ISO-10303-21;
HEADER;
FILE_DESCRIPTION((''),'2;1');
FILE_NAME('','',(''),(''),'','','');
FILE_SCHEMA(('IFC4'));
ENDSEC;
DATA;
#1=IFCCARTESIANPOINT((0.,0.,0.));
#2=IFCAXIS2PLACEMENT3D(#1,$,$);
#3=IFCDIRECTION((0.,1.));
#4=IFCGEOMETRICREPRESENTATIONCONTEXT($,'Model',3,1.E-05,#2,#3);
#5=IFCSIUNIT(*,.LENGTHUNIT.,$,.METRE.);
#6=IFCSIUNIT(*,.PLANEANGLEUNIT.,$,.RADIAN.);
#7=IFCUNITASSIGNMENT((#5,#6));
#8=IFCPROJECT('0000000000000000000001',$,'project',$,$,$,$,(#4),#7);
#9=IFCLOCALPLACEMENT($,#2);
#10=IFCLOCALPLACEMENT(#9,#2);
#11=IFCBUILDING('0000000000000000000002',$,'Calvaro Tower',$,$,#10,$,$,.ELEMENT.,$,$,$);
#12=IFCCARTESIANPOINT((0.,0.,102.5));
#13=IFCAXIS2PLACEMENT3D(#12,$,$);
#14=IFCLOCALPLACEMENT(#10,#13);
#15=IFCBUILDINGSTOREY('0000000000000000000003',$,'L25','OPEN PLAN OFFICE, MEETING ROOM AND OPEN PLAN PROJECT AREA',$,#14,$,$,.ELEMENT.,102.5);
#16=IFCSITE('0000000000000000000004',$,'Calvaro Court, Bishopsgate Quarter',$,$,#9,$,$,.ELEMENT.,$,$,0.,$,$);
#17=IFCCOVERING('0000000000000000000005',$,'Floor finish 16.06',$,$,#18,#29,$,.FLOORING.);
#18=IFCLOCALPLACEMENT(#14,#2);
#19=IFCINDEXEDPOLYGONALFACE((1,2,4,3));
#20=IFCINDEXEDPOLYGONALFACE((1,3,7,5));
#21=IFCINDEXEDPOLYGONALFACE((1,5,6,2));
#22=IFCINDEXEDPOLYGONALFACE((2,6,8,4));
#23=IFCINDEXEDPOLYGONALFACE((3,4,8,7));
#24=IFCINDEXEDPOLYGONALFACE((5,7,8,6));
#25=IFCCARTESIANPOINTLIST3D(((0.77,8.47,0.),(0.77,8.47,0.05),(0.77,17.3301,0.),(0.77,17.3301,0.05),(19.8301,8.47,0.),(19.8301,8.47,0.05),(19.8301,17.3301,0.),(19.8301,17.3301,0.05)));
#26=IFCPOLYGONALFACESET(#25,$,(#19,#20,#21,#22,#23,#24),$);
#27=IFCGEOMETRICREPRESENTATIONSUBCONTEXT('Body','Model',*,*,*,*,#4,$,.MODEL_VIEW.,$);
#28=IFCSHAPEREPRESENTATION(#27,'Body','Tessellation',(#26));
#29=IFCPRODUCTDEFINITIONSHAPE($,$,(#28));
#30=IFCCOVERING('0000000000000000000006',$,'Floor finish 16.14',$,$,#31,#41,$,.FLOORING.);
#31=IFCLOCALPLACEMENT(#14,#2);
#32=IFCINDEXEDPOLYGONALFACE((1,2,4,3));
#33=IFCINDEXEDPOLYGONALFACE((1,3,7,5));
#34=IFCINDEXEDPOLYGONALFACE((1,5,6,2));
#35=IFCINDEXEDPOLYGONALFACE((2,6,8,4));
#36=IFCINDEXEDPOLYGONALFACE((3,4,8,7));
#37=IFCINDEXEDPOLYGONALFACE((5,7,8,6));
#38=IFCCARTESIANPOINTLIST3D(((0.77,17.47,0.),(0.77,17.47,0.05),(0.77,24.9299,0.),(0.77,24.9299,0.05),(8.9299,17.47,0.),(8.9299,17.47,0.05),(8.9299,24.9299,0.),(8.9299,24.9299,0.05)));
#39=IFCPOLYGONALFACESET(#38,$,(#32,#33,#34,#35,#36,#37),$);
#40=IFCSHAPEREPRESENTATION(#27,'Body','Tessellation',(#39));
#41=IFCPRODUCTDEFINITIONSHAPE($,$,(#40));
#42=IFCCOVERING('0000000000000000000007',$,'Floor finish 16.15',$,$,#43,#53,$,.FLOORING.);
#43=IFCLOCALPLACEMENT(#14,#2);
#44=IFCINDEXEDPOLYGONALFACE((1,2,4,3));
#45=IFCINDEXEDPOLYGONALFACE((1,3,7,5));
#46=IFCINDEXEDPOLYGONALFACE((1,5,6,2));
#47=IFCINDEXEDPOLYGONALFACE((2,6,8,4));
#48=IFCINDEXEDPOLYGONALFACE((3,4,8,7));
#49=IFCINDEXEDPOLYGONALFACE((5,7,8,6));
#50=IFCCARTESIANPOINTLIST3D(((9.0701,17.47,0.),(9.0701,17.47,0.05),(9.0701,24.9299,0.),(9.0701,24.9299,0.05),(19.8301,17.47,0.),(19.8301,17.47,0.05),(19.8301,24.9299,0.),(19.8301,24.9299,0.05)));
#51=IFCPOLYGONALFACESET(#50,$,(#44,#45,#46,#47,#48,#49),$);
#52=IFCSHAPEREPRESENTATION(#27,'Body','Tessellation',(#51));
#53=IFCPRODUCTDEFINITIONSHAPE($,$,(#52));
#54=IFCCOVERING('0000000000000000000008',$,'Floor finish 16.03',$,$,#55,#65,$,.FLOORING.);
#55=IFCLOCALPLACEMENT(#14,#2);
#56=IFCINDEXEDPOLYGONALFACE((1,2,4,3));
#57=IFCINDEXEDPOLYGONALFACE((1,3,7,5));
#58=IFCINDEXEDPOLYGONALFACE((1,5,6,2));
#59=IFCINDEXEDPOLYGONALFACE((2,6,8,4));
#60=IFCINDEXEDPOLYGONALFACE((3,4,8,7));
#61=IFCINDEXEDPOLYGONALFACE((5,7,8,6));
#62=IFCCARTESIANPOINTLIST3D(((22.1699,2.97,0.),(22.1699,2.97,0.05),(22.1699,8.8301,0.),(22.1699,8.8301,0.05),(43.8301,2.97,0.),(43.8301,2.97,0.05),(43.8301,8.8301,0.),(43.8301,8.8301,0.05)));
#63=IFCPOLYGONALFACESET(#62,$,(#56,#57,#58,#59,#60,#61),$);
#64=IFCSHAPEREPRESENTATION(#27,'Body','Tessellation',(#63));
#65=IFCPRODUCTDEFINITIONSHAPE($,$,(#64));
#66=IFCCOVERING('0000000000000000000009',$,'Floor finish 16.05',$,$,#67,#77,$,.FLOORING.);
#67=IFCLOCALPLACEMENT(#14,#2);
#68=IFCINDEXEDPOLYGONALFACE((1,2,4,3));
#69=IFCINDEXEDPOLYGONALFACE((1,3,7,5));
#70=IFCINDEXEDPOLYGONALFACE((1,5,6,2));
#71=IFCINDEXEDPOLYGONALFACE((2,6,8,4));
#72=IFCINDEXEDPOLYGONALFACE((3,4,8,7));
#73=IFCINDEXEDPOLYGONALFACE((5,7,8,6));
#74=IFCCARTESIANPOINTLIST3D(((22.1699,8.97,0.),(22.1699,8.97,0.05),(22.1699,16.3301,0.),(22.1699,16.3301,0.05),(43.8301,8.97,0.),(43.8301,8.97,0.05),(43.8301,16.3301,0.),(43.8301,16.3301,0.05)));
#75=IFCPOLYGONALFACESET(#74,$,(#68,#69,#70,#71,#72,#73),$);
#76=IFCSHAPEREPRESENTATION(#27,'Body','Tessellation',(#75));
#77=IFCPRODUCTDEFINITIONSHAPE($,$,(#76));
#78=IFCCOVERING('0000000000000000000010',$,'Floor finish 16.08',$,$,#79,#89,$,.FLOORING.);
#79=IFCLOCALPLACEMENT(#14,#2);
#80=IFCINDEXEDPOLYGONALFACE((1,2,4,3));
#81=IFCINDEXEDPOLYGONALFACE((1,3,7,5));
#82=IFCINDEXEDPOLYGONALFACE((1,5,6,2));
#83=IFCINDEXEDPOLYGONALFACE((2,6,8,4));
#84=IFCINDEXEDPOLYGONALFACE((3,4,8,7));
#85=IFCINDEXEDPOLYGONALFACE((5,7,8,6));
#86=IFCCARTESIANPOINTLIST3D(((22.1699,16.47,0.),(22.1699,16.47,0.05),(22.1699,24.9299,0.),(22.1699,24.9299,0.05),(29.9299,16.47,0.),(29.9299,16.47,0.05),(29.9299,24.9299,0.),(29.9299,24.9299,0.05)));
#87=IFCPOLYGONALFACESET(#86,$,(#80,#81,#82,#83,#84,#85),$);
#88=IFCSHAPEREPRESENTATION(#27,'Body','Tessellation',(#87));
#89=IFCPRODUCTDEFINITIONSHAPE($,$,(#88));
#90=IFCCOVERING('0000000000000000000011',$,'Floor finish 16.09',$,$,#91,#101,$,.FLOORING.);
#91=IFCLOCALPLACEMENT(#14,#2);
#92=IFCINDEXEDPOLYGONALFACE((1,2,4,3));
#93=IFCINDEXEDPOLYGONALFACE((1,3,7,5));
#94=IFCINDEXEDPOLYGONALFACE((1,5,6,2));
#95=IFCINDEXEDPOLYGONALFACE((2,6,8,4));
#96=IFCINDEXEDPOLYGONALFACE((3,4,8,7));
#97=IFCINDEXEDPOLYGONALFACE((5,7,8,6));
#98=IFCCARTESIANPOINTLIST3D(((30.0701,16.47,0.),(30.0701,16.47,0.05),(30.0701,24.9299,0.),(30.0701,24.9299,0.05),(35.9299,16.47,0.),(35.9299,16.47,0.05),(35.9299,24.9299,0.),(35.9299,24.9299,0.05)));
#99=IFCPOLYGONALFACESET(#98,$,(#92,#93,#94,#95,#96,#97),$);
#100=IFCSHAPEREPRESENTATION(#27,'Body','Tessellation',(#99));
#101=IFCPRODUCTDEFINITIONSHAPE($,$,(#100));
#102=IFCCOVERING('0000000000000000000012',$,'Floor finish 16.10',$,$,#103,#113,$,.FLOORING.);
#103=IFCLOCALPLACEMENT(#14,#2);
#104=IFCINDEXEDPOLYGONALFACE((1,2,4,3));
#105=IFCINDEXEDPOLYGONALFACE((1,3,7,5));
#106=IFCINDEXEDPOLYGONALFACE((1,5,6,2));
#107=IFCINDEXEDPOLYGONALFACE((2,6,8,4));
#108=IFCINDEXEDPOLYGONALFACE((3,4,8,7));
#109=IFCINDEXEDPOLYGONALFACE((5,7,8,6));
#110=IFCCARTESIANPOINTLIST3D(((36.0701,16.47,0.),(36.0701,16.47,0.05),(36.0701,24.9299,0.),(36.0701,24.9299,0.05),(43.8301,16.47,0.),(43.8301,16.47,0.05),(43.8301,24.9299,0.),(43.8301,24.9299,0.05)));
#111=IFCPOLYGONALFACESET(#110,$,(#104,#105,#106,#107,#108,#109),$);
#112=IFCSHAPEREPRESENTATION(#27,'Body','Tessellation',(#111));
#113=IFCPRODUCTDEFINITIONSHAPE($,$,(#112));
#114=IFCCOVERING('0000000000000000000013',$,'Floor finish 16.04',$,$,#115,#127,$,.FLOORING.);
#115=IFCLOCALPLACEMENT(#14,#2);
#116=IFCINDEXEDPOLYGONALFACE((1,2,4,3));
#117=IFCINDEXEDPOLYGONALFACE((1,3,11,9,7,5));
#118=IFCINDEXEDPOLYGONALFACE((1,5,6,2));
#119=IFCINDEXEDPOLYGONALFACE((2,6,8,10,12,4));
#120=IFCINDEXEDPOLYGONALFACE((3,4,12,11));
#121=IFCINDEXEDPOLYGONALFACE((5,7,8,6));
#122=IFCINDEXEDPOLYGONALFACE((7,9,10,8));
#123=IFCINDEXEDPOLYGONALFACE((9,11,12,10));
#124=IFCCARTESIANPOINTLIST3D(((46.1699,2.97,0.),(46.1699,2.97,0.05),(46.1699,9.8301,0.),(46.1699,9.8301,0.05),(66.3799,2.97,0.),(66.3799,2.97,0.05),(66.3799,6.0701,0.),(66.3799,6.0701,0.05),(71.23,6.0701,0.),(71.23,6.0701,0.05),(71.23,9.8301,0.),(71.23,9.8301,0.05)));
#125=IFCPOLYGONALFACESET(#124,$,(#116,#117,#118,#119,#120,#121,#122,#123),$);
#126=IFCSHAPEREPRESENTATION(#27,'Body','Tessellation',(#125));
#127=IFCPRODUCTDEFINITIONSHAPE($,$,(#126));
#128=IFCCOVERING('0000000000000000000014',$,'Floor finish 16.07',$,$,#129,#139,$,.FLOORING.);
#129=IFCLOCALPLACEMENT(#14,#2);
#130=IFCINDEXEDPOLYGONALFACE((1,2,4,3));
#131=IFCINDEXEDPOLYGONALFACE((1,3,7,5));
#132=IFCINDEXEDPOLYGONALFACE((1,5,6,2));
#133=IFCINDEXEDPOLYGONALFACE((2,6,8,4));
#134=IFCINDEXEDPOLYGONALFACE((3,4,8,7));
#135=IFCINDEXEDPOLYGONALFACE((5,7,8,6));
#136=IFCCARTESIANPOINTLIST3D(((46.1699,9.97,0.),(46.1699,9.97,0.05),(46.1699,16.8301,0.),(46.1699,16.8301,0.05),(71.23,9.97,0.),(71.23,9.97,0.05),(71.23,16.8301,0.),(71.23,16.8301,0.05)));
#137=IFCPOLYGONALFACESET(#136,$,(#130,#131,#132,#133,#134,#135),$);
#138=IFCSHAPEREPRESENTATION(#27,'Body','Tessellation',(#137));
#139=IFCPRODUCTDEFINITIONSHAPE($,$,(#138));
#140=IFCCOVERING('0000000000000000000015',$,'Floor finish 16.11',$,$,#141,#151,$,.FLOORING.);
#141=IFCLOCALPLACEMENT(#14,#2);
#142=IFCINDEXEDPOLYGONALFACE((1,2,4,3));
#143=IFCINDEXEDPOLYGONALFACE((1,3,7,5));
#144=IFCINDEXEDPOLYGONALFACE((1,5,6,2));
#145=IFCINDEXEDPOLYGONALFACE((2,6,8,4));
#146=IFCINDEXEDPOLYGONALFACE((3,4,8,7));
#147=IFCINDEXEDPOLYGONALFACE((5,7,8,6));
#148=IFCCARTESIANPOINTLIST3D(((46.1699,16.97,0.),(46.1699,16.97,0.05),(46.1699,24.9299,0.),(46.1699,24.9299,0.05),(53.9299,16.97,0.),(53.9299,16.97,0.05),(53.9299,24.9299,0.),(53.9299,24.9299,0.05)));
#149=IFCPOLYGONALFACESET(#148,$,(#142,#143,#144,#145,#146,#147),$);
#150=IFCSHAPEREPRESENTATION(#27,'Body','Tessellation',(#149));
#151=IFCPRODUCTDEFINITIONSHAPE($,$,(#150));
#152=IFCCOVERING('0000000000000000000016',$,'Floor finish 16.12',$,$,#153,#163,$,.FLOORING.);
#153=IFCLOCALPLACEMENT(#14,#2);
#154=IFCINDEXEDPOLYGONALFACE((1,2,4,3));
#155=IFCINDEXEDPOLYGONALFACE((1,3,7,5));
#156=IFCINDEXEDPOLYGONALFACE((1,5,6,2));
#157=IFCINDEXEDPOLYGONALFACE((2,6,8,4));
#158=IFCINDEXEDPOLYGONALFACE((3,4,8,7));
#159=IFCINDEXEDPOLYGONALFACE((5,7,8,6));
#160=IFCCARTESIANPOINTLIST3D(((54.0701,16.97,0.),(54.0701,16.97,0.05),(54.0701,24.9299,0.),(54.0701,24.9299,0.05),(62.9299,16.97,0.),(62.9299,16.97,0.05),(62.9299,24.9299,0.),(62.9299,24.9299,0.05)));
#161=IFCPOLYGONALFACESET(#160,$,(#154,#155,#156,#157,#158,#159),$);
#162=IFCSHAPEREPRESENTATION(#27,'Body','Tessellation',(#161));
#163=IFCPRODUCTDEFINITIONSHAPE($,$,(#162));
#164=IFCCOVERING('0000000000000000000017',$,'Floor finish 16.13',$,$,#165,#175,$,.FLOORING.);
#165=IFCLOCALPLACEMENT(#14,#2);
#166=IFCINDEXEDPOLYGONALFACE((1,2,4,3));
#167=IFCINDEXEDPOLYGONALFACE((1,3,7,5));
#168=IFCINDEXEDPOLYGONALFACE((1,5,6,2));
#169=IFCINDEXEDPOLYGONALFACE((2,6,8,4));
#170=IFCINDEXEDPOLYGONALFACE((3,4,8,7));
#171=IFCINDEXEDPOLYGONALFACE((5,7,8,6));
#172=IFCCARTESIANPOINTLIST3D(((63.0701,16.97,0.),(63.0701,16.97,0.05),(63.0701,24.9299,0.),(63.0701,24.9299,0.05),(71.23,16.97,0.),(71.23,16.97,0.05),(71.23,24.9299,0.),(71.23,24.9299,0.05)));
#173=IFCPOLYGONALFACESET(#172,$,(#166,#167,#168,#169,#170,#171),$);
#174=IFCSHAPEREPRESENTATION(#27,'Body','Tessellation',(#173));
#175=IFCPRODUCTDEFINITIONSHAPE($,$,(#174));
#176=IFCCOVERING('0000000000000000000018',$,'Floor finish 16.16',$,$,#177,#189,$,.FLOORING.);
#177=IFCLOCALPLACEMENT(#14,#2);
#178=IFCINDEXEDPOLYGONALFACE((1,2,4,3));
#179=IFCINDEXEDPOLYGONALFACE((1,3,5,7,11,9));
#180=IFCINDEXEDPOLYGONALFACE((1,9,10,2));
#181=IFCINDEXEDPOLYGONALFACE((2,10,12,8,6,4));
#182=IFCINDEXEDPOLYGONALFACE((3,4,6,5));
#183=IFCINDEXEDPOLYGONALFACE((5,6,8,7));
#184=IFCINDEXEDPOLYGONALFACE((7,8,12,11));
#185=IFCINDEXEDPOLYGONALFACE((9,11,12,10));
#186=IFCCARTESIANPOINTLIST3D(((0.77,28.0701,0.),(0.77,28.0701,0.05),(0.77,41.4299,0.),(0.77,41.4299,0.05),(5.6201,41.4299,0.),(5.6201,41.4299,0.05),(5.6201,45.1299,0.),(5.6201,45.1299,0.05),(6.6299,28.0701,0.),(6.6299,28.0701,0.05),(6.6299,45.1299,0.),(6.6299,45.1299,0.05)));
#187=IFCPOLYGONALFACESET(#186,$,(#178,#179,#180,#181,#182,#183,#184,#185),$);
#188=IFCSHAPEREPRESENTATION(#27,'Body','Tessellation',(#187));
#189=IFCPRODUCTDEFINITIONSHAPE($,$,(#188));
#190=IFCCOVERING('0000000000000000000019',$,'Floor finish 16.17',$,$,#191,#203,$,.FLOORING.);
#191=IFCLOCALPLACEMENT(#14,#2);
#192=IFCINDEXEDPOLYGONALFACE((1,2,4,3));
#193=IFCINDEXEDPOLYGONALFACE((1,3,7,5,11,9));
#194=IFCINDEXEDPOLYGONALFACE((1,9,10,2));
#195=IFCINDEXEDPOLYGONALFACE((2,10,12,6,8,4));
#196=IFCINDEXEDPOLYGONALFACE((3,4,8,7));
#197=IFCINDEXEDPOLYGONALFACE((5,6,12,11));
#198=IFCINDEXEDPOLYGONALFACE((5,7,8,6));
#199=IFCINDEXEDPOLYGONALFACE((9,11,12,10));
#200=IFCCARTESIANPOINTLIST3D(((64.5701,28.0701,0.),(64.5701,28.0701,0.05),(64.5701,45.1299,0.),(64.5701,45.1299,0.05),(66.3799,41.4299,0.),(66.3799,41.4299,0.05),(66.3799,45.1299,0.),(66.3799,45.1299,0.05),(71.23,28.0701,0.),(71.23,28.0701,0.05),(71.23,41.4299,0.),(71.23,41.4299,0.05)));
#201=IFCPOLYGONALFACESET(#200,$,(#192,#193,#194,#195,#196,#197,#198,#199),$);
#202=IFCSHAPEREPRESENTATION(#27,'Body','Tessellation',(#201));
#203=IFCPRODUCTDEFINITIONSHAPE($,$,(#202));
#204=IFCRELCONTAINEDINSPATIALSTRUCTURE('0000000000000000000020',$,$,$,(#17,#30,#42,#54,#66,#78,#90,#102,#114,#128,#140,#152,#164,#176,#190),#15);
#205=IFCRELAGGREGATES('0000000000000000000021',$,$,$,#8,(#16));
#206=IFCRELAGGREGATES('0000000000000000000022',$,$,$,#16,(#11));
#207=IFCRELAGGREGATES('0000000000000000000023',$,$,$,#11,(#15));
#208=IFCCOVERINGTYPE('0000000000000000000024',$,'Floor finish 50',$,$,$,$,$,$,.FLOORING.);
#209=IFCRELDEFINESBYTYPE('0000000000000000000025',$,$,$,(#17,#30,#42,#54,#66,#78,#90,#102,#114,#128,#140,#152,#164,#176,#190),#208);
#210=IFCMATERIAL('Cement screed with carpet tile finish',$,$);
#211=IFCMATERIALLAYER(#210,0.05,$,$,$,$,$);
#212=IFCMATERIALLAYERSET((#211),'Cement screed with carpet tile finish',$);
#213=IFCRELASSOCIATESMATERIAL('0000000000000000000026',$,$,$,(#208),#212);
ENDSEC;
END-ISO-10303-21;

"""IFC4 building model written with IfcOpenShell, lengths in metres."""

from ifc_helpers import new_model, si_unit, direction, frame, origin, place, context, subcontext, project, spatial, polyline, outline, extrude, material, layer, layer_set, type_object, element, save


model = new_model("IFC4")

# Units and contexts
model_context = context("Model", 3, precision=1e-05, world=origin(), true_north=direction((0.0, 1.0)))
body_context = subcontext(model_context, "Body", "Model", "MODEL_VIEW")
ifc_project = project(units=[si_unit("LENGTHUNIT", "METRE"), si_unit("PLANEANGLEUNIT", "RADIAN")], contexts=[model_context])

# Site, building, storey
site_placement = place(None, origin())
site = spatial("IfcSite", under=ifc_project, at=site_placement, Name="Calvaro Court, Bishopsgate Quarter", CompositionType="ELEMENT", RefElevation=0.0)
building_placement = place(site_placement, origin())
building = spatial("IfcBuilding", under=site, at=building_placement, Name="Calvaro Tower", CompositionType="ELEMENT")
storey_placement = place(building_placement, frame((0.0, 0.0, 102.5)))
storey = spatial("IfcBuildingStorey", under=building, at=storey_placement, Name="L25", Description="OPEN PLAN OFFICE, MEETING ROOM AND OPEN PLAN PROJECT AREA", CompositionType="ELEMENT", Elevation=102.5)

# Coverings
ifc_material_1 = material(Name="Cement screed with carpet tile finish")
ifc_layer_1 = layer(ifc_material_1, 0.05)
ifc_layer_set_1 = layer_set([ifc_layer_1], Name="Cement screed with carpet tile finish")
covering_type = type_object("IfcCoveringType", Name="Floor finish 50", PredefinedType="FLOORING", material=ifc_layer_set_1)
covering_1_placement = place(storey_placement, origin())
element("IfcCovering", 1, at=covering_1_placement, inside=storey, type_object=covering_type, Name="Floor finish 16.06", PredefinedType="FLOORING", context=body_context, shape_type="SweptSolid", body=[
    extrude(outline(polyline([(19.8301, 17.3301), (19.8301, 8.47), (0.77, 8.47), (0.77, 17.3301), (19.8301, 17.3301)])), origin(), (0.0, 0.0, 1.0), 0.05),
])
covering_2_placement = place(storey_placement, origin())
element("IfcCovering", 2, at=covering_2_placement, inside=storey, type_object=covering_type, Name="Floor finish 16.14", PredefinedType="FLOORING", context=body_context, shape_type="SweptSolid", body=[
    extrude(outline(polyline([(8.9299, 24.9299), (8.9299, 17.47), (0.77, 17.47), (0.77, 24.9299), (8.9299, 24.9299)])), origin(), (0.0, 0.0, 1.0), 0.05),
])
covering_3_placement = place(storey_placement, origin())
element("IfcCovering", 3, at=covering_3_placement, inside=storey, type_object=covering_type, Name="Floor finish 16.15", PredefinedType="FLOORING", context=body_context, shape_type="SweptSolid", body=[
    extrude(outline(polyline([(9.0701, 17.47), (9.0701, 24.9299), (19.8301, 24.9299), (19.8301, 17.47), (9.0701, 17.47)])), origin(), (0.0, 0.0, 1.0), 0.05),
])
covering_4_placement = place(storey_placement, origin())
element("IfcCovering", 4, at=covering_4_placement, inside=storey, type_object=covering_type, Name="Floor finish 16.03", PredefinedType="FLOORING", context=body_context, shape_type="SweptSolid", body=[
    extrude(outline(polyline([(22.1699, 8.8301), (43.8301, 8.8301), (43.8301, 2.97), (22.1699, 2.97), (22.1699, 8.8301)])), origin(), (0.0, 0.0, 1.0), 0.05),
])
covering_5_placement = place(storey_placement, origin())
element("IfcCovering", 5, at=covering_5_placement, inside=storey, type_object=covering_type, Name="Floor finish 16.05", PredefinedType="FLOORING", context=body_context, shape_type="SweptSolid", body=[
    extrude(outline(polyline([(22.1699, 8.97), (22.1699, 16.3301), (43.8301, 16.3301), (43.8301, 8.97), (22.1699, 8.97)])), origin(), (0.0, 0.0, 1.0), 0.05),
])
covering_6_placement = place(storey_placement, origin())
element("IfcCovering", 6, at=covering_6_placement, inside=storey, type_object=covering_type, Name="Floor finish 16.08", PredefinedType="FLOORING", context=body_context, shape_type="SweptSolid", body=[
    extrude(outline(polyline([(22.1699, 16.47), (22.1699, 24.9299), (29.9299, 24.9299), (29.9299, 16.47), (22.1699, 16.47)])), origin(), (0.0, 0.0, 1.0), 0.05),
])
covering_7_placement = place(storey_placement, origin())
element("IfcCovering", 7, at=covering_7_placement, inside=storey, type_object=covering_type, Name="Floor finish 16.09", PredefinedType="FLOORING", context=body_context, shape_type="SweptSolid", body=[
    extrude(outline(polyline([(30.0701, 16.47), (30.0701, 24.9299), (35.9299, 24.9299), (35.9299, 16.47), (30.0701, 16.47)])), origin(), (0.0, 0.0, 1.0), 0.05),
])
covering_8_placement = place(storey_placement, origin())
element("IfcCovering", 8, at=covering_8_placement, inside=storey, type_object=covering_type, Name="Floor finish 16.10", PredefinedType="FLOORING", context=body_context, shape_type="SweptSolid", body=[
    extrude(outline(polyline([(36.0701, 16.47), (36.0701, 24.9299), (43.8301, 24.9299), (43.8301, 16.47), (36.0701, 16.47)])), origin(), (0.0, 0.0, 1.0), 0.05),
])
covering_9_placement = place(storey_placement, origin())
element("IfcCovering", 9, at=covering_9_placement, inside=storey, type_object=covering_type, Name="Floor finish 16.04", PredefinedType="FLOORING", context=body_context, shape_type="SweptSolid", body=[
    extrude(outline(polyline([(71.23, 6.0701), (66.3799, 6.0701), (66.3799, 2.97), (46.1699, 2.97), (46.1699, 9.8301), (71.23, 9.8301), (71.23, 6.0701)])), origin(), (0.0, 0.0, 1.0), 0.05),
])
covering_10_placement = place(storey_placement, origin())
element("IfcCovering", 10, at=covering_10_placement, inside=storey, type_object=covering_type, Name="Floor finish 16.07", PredefinedType="FLOORING", context=body_context, shape_type="SweptSolid", body=[
    extrude(outline(polyline([(71.23, 9.97), (46.1699, 9.97), (46.1699, 16.8301), (71.23, 16.8301), (71.23, 9.97)])), origin(), (0.0, 0.0, 1.0), 0.05),
])
covering_11_placement = place(storey_placement, origin())
element("IfcCovering", 11, at=covering_11_placement, inside=storey, type_object=covering_type, Name="Floor finish 16.11", PredefinedType="FLOORING", context=body_context, shape_type="SweptSolid", body=[
    extrude(outline(polyline([(46.1699, 16.97), (46.1699, 24.9299), (53.9299, 24.9299), (53.9299, 16.97), (46.1699, 16.97)])), origin(), (0.0, 0.0, 1.0), 0.05),
])
covering_12_placement = place(storey_placement, origin())
element("IfcCovering", 12, at=covering_12_placement, inside=storey, type_object=covering_type, Name="Floor finish 16.12", PredefinedType="FLOORING", context=body_context, shape_type="SweptSolid", body=[
    extrude(outline(polyline([(54.0701, 16.97), (54.0701, 24.9299), (62.9299, 24.9299), (62.9299, 16.97), (54.0701, 16.97)])), origin(), (0.0, 0.0, 1.0), 0.05),
])
covering_13_placement = place(storey_placement, origin())
element("IfcCovering", 13, at=covering_13_placement, inside=storey, type_object=covering_type, Name="Floor finish 16.13", PredefinedType="FLOORING", context=body_context, shape_type="SweptSolid", body=[
    extrude(outline(polyline([(71.23, 16.97), (63.0701, 16.97), (63.0701, 24.9299), (71.23, 24.9299), (71.23, 16.97)])), origin(), (0.0, 0.0, 1.0), 0.05),
])
covering_14_placement = place(storey_placement, origin())
element("IfcCovering", 14, at=covering_14_placement, inside=storey, type_object=covering_type, Name="Floor finish 16.16", PredefinedType="FLOORING", context=body_context, shape_type="SweptSolid", body=[
    extrude(outline(polyline([(6.6299, 28.0701), (0.77, 28.0701), (0.77, 41.4299), (5.6201, 41.4299), (5.6201, 45.1299), (6.6299, 45.1299), (6.6299, 28.0701)])), origin(), (0.0, 0.0, 1.0), 0.05),
])
covering_15_placement = place(storey_placement, origin())
element("IfcCovering", 15, at=covering_15_placement, inside=storey, type_object=covering_type, Name="Floor finish 16.17", PredefinedType="FLOORING", context=body_context, shape_type="SweptSolid", body=[
    extrude(outline(polyline([(71.23, 28.0701), (64.5701, 28.0701), (64.5701, 45.1299), (66.3799, 45.1299), (66.3799, 41.4299), (71.23, 41.4299), (71.23, 28.0701)])), origin(), (0.0, 0.0, 1.0), 0.05),
])

save(model, "model.ifc")
